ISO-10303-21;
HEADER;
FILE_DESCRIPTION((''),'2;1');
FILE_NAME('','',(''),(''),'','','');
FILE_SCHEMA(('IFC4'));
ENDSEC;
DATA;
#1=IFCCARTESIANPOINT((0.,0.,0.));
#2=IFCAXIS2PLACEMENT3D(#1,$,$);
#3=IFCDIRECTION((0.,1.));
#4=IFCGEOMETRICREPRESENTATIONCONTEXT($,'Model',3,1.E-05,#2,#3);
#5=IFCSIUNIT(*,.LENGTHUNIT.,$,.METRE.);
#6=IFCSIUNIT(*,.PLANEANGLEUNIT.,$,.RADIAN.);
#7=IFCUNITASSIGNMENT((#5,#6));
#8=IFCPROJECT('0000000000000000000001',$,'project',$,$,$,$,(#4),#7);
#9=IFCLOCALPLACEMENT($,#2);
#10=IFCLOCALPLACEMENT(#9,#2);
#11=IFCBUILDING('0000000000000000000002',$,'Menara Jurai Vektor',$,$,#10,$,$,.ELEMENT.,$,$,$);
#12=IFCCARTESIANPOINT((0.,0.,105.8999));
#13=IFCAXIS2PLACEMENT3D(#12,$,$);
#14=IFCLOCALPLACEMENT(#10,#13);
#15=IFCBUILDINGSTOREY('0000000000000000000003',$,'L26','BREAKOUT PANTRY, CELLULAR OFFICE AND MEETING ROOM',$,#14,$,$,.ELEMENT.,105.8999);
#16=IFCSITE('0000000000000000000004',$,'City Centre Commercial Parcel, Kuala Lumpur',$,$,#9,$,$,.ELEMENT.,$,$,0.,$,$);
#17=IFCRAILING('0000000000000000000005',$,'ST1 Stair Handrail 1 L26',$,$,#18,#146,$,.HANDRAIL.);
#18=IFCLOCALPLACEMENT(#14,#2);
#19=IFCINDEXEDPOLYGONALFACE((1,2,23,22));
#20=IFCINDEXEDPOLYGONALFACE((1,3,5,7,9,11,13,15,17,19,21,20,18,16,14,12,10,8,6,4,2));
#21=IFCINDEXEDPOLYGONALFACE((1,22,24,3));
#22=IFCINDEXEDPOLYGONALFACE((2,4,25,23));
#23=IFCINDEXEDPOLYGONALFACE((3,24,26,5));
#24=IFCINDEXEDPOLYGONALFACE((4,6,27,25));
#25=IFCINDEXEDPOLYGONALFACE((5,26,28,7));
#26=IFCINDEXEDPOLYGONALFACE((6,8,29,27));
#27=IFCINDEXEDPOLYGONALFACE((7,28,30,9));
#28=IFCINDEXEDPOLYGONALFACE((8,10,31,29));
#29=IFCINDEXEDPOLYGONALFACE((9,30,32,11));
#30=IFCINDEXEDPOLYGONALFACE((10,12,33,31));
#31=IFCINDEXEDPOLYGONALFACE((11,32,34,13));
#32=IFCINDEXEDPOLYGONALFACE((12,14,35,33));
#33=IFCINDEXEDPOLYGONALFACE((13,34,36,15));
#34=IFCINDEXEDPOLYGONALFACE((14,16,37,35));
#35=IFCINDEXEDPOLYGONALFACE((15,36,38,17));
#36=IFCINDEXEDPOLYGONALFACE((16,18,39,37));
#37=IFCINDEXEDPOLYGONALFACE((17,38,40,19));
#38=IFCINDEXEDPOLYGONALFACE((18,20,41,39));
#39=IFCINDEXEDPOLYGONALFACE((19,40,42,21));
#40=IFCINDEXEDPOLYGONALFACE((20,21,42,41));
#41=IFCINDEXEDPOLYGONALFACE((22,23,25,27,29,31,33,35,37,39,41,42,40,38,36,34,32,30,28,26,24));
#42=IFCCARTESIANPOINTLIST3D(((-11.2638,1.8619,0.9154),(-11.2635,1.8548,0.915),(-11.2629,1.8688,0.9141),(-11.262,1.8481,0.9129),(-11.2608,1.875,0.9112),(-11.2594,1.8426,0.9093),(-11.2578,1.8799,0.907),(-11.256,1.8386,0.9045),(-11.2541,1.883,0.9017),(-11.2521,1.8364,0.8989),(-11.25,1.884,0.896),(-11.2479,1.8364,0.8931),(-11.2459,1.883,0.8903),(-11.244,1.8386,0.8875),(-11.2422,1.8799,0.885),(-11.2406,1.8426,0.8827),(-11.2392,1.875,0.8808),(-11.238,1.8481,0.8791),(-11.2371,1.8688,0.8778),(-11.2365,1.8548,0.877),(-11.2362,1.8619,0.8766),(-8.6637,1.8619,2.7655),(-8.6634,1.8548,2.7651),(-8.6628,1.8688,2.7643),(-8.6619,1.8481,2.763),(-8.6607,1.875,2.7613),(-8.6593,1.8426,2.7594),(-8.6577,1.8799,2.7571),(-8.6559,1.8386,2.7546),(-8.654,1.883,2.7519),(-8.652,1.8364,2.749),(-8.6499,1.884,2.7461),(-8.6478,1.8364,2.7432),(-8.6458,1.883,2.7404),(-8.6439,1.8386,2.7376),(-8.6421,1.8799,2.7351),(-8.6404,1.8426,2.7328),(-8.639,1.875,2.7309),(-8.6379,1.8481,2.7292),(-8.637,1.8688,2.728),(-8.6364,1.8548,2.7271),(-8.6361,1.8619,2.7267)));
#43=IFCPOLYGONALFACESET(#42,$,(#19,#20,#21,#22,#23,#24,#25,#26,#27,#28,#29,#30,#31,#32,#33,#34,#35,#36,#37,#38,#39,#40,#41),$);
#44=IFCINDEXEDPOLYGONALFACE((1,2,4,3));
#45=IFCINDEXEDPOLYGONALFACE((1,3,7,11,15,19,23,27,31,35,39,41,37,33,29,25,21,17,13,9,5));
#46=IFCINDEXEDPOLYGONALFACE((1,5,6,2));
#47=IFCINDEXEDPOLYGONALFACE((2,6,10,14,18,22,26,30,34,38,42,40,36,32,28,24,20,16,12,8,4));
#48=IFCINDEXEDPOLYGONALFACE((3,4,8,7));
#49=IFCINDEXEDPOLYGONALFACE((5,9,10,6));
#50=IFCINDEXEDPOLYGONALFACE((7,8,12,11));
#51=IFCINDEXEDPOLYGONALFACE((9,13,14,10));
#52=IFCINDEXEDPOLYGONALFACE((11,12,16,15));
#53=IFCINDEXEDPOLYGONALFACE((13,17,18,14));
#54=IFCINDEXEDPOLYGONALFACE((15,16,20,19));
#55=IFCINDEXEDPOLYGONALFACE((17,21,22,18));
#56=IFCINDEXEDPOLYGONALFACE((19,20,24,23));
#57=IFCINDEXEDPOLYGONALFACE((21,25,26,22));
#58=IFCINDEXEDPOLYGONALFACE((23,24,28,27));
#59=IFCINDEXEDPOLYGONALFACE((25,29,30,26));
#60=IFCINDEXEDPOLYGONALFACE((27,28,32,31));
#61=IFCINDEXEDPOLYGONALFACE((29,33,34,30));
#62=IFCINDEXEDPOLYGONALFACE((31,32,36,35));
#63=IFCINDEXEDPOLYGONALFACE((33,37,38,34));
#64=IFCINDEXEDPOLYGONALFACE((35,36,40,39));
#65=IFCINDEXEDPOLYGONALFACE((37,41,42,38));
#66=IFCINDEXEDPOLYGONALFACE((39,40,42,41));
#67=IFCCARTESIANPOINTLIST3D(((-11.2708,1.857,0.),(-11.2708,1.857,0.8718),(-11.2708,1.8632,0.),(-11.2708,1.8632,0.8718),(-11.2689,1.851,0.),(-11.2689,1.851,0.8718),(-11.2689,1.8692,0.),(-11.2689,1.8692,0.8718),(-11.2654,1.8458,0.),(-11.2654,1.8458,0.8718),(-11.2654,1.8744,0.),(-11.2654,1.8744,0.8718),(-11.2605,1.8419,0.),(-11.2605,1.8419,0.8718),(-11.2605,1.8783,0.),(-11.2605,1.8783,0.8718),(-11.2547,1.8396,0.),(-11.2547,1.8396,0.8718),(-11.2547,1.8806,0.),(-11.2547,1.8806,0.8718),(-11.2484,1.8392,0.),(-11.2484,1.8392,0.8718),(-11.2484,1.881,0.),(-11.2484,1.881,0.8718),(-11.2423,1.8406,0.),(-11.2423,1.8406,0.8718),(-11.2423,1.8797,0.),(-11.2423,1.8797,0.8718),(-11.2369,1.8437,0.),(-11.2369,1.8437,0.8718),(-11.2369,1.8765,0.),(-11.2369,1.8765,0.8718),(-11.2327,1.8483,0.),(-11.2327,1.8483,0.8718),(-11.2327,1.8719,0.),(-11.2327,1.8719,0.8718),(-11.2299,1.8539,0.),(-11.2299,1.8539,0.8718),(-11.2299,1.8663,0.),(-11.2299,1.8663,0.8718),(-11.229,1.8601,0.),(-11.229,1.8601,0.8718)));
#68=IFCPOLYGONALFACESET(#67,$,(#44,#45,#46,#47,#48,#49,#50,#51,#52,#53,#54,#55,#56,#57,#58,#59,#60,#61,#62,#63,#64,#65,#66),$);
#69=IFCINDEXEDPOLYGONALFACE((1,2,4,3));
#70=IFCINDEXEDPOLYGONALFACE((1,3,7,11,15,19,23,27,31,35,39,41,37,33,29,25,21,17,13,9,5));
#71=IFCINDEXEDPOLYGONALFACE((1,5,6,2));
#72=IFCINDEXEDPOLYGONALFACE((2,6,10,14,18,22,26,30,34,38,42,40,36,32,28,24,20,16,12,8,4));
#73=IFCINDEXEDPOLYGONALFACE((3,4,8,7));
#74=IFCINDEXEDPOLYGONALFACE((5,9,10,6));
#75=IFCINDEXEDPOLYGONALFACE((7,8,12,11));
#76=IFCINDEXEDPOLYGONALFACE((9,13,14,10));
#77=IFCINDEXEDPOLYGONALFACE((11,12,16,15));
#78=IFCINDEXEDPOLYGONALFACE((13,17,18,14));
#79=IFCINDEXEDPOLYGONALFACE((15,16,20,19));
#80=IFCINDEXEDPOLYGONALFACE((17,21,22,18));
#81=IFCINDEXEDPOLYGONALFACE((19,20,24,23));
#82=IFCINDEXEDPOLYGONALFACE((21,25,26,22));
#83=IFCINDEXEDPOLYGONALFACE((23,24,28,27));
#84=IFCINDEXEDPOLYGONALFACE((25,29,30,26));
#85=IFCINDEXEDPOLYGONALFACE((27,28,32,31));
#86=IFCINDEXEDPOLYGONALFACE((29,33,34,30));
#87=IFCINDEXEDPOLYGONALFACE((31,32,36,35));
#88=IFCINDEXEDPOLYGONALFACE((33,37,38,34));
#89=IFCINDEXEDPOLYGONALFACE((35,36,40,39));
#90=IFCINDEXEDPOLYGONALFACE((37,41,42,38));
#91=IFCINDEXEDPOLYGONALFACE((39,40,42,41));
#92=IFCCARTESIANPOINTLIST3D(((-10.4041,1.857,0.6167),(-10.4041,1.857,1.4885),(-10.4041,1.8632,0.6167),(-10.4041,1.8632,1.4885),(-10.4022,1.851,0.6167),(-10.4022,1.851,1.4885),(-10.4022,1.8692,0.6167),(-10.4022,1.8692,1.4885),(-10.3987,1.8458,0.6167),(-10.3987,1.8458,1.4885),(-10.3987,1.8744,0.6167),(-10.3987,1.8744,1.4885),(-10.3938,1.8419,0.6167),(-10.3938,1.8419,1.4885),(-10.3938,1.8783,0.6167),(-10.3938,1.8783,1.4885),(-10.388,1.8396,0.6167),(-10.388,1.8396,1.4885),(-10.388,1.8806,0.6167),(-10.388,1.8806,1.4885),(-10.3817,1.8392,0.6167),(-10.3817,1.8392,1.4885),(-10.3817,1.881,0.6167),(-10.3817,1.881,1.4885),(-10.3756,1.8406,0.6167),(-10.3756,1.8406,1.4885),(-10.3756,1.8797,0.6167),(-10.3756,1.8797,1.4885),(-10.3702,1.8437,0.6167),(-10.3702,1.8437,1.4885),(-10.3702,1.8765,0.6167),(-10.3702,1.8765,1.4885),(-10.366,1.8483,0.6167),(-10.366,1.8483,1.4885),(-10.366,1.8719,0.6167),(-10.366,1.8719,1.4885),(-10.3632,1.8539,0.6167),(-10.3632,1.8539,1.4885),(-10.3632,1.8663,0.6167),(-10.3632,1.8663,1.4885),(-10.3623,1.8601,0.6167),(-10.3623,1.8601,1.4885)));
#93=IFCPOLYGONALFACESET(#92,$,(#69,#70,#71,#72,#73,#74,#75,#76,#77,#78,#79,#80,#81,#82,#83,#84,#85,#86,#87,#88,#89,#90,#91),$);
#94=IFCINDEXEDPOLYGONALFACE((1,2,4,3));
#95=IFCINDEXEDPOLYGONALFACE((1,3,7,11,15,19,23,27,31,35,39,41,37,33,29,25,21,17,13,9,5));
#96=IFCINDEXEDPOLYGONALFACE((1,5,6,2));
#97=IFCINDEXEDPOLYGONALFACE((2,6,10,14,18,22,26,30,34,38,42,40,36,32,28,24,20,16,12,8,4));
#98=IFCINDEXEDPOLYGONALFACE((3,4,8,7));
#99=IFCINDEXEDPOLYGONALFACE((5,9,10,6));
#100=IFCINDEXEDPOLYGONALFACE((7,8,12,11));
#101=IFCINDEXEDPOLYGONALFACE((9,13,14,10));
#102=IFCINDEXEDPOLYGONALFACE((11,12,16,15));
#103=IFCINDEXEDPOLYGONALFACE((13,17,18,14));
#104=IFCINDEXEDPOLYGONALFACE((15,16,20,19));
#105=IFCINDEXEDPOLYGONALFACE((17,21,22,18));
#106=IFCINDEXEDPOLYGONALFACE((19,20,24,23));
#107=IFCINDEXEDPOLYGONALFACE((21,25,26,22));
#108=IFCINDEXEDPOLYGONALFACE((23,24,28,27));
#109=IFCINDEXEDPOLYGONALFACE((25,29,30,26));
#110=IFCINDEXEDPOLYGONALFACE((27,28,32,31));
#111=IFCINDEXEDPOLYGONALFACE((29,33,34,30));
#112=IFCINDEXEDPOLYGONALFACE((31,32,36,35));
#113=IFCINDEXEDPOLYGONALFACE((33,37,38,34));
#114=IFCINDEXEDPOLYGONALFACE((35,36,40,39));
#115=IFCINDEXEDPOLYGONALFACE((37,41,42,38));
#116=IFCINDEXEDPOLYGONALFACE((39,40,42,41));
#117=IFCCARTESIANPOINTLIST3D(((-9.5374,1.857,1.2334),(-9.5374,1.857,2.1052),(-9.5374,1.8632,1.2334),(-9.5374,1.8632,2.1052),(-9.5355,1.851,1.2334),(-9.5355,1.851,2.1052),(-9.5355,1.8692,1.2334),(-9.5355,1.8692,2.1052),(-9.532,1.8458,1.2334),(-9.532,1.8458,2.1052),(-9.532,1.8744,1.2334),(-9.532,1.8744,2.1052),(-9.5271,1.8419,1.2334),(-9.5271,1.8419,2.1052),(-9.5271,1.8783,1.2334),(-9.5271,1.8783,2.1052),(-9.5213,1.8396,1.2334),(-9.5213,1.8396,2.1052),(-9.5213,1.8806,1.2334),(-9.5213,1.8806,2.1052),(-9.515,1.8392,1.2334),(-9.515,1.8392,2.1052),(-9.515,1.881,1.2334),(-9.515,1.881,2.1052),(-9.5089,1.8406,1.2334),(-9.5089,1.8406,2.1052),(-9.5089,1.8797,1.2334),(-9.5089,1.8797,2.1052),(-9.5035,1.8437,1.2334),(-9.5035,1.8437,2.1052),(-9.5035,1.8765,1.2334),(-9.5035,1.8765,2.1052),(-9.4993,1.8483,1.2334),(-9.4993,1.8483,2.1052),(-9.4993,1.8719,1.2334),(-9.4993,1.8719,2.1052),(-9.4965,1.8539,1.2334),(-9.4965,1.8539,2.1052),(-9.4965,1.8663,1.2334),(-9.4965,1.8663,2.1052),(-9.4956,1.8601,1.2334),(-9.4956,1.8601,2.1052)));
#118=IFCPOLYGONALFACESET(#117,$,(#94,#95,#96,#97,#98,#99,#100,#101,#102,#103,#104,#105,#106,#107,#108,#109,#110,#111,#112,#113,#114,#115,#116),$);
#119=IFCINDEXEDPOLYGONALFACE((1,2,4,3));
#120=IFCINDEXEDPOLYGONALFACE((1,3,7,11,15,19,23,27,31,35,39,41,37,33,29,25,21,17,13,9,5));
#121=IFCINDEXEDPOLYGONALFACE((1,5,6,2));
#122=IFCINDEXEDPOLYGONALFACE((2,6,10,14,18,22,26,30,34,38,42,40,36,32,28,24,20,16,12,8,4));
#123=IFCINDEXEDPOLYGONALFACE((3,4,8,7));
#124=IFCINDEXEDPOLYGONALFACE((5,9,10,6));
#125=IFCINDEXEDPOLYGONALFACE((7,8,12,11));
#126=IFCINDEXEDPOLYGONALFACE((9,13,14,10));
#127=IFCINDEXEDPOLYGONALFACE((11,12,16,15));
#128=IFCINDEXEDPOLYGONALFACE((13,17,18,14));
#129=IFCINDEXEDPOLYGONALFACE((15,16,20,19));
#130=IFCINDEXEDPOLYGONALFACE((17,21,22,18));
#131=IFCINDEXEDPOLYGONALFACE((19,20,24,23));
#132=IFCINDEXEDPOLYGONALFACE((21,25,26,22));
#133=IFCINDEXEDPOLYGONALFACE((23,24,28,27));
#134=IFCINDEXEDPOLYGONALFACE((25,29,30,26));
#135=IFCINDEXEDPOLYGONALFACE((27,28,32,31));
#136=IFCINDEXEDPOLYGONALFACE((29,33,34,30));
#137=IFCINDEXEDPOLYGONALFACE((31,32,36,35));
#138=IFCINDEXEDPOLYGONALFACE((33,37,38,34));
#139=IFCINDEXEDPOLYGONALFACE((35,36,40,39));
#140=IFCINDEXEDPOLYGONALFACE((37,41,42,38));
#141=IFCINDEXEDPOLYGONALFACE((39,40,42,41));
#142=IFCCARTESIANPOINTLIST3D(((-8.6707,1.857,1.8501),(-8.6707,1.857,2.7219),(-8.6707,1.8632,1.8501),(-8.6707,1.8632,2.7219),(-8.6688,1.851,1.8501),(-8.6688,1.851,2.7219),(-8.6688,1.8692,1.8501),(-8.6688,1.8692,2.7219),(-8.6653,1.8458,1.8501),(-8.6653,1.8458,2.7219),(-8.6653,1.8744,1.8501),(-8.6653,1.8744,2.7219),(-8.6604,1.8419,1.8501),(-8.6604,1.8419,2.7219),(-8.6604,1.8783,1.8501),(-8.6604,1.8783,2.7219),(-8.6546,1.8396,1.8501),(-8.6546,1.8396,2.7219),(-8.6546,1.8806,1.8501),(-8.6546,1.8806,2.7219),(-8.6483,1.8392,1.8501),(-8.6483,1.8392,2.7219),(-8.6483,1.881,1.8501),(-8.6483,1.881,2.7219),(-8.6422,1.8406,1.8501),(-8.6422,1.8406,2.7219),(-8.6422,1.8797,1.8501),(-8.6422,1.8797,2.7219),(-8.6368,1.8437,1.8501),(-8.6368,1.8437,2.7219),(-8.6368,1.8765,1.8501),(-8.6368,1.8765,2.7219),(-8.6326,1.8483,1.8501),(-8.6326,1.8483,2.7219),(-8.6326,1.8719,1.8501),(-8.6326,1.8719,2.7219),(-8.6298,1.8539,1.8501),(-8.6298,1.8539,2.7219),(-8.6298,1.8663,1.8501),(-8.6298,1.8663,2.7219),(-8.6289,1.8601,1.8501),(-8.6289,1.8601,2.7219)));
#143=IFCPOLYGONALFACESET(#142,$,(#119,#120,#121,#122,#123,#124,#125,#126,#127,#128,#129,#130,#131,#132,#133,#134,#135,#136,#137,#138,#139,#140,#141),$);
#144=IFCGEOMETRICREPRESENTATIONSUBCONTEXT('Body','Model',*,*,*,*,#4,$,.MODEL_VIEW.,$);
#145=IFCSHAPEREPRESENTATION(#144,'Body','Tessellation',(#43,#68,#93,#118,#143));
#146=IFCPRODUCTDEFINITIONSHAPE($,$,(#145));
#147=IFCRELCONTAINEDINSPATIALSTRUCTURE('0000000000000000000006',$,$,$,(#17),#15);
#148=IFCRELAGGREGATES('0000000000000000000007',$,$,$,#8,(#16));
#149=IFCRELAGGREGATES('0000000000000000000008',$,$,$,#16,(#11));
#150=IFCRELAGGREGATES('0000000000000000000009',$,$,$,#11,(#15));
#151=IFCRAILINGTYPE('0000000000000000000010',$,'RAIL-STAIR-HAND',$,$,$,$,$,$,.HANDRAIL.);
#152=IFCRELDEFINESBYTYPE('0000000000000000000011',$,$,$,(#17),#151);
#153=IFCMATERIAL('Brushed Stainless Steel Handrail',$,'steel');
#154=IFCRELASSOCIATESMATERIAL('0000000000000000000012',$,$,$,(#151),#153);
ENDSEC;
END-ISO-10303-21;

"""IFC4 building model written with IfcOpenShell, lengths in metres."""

from ifc_helpers import new_model, si_unit, direction, frame, origin, origin_2d, place, context, subcontext, project, spatial, circle, extrude, material, type_object, element, save


model = new_model("IFC4")

# Units and contexts
model_context = context("Model", 3, precision=1e-05, world=origin(), true_north=direction((0.0, 1.0)))
body_context = subcontext(model_context, "Body", "Model", "MODEL_VIEW")
ifc_project = project(units=[si_unit("LENGTHUNIT", "METRE"), si_unit("PLANEANGLEUNIT", "RADIAN")], contexts=[model_context])

# Site, building, storey
site_placement = place(None, origin())
site = spatial("IfcSite", under=ifc_project, at=site_placement, Name="City Centre Commercial Parcel, Kuala Lumpur", CompositionType="ELEMENT", RefElevation=0.0)
building_placement = place(site_placement, origin())
building = spatial("IfcBuilding", under=site, at=building_placement, Name="Menara Jurai Vektor", CompositionType="ELEMENT")
storey_placement = place(building_placement, frame((0.0, 0.0, 105.8999)))
storey = spatial("IfcBuildingStorey", under=building, at=storey_placement, Name="L26", Description="BREAKOUT PANTRY, CELLULAR OFFICE AND MEETING ROOM", CompositionType="ELEMENT", Elevation=105.8999)

# Railing
ifc_material_1 = material(Name="Brushed Stainless Steel Handrail", Category="steel")
railing_type_1 = type_object("IfcRailingType", Name="RAIL-STAIR-HAND", PredefinedType="HANDRAIL", material=ifc_material_1)
railing_1_placement = place(storey_placement, frame((-11.25, 1.8601, 0.0)))
element("IfcRailing", 1, at=railing_1_placement, inside=storey, type_object=railing_type_1, Name="ST1 Stair Handrail 1 L26", PredefinedType="HANDRAIL", context=body_context, shape_type="SweptSolid", body=[
    extrude(circle(Radius=0.0239, at=origin_2d()), frame((0.0, 0.0, 0.896), z_axis=(0.814787, 0.0, 0.579761), x_axis=(0.0, 1.0, 0.0)), (0.0, 0.0, 1.0), 3.1912),
    extrude(circle(Radius=0.021, at=origin_2d()), origin(), (0.0, 0.0, 1.0), 0.8718),
    extrude(circle(Radius=0.021, at=origin_2d()), frame((0.8667, 0.0, 0.6167)), (0.0, 0.0, 1.0), 0.8718),
    extrude(circle(Radius=0.021, at=origin_2d()), frame((1.7334, 0.0, 1.2334)), (0.0, 0.0, 1.0), 0.8718),
    extrude(circle(Radius=0.021, at=origin_2d()), frame((2.6001, 0.0, 1.8501)), (0.0, 0.0, 1.0), 0.8718),
])

save(model, "model.ifc")
